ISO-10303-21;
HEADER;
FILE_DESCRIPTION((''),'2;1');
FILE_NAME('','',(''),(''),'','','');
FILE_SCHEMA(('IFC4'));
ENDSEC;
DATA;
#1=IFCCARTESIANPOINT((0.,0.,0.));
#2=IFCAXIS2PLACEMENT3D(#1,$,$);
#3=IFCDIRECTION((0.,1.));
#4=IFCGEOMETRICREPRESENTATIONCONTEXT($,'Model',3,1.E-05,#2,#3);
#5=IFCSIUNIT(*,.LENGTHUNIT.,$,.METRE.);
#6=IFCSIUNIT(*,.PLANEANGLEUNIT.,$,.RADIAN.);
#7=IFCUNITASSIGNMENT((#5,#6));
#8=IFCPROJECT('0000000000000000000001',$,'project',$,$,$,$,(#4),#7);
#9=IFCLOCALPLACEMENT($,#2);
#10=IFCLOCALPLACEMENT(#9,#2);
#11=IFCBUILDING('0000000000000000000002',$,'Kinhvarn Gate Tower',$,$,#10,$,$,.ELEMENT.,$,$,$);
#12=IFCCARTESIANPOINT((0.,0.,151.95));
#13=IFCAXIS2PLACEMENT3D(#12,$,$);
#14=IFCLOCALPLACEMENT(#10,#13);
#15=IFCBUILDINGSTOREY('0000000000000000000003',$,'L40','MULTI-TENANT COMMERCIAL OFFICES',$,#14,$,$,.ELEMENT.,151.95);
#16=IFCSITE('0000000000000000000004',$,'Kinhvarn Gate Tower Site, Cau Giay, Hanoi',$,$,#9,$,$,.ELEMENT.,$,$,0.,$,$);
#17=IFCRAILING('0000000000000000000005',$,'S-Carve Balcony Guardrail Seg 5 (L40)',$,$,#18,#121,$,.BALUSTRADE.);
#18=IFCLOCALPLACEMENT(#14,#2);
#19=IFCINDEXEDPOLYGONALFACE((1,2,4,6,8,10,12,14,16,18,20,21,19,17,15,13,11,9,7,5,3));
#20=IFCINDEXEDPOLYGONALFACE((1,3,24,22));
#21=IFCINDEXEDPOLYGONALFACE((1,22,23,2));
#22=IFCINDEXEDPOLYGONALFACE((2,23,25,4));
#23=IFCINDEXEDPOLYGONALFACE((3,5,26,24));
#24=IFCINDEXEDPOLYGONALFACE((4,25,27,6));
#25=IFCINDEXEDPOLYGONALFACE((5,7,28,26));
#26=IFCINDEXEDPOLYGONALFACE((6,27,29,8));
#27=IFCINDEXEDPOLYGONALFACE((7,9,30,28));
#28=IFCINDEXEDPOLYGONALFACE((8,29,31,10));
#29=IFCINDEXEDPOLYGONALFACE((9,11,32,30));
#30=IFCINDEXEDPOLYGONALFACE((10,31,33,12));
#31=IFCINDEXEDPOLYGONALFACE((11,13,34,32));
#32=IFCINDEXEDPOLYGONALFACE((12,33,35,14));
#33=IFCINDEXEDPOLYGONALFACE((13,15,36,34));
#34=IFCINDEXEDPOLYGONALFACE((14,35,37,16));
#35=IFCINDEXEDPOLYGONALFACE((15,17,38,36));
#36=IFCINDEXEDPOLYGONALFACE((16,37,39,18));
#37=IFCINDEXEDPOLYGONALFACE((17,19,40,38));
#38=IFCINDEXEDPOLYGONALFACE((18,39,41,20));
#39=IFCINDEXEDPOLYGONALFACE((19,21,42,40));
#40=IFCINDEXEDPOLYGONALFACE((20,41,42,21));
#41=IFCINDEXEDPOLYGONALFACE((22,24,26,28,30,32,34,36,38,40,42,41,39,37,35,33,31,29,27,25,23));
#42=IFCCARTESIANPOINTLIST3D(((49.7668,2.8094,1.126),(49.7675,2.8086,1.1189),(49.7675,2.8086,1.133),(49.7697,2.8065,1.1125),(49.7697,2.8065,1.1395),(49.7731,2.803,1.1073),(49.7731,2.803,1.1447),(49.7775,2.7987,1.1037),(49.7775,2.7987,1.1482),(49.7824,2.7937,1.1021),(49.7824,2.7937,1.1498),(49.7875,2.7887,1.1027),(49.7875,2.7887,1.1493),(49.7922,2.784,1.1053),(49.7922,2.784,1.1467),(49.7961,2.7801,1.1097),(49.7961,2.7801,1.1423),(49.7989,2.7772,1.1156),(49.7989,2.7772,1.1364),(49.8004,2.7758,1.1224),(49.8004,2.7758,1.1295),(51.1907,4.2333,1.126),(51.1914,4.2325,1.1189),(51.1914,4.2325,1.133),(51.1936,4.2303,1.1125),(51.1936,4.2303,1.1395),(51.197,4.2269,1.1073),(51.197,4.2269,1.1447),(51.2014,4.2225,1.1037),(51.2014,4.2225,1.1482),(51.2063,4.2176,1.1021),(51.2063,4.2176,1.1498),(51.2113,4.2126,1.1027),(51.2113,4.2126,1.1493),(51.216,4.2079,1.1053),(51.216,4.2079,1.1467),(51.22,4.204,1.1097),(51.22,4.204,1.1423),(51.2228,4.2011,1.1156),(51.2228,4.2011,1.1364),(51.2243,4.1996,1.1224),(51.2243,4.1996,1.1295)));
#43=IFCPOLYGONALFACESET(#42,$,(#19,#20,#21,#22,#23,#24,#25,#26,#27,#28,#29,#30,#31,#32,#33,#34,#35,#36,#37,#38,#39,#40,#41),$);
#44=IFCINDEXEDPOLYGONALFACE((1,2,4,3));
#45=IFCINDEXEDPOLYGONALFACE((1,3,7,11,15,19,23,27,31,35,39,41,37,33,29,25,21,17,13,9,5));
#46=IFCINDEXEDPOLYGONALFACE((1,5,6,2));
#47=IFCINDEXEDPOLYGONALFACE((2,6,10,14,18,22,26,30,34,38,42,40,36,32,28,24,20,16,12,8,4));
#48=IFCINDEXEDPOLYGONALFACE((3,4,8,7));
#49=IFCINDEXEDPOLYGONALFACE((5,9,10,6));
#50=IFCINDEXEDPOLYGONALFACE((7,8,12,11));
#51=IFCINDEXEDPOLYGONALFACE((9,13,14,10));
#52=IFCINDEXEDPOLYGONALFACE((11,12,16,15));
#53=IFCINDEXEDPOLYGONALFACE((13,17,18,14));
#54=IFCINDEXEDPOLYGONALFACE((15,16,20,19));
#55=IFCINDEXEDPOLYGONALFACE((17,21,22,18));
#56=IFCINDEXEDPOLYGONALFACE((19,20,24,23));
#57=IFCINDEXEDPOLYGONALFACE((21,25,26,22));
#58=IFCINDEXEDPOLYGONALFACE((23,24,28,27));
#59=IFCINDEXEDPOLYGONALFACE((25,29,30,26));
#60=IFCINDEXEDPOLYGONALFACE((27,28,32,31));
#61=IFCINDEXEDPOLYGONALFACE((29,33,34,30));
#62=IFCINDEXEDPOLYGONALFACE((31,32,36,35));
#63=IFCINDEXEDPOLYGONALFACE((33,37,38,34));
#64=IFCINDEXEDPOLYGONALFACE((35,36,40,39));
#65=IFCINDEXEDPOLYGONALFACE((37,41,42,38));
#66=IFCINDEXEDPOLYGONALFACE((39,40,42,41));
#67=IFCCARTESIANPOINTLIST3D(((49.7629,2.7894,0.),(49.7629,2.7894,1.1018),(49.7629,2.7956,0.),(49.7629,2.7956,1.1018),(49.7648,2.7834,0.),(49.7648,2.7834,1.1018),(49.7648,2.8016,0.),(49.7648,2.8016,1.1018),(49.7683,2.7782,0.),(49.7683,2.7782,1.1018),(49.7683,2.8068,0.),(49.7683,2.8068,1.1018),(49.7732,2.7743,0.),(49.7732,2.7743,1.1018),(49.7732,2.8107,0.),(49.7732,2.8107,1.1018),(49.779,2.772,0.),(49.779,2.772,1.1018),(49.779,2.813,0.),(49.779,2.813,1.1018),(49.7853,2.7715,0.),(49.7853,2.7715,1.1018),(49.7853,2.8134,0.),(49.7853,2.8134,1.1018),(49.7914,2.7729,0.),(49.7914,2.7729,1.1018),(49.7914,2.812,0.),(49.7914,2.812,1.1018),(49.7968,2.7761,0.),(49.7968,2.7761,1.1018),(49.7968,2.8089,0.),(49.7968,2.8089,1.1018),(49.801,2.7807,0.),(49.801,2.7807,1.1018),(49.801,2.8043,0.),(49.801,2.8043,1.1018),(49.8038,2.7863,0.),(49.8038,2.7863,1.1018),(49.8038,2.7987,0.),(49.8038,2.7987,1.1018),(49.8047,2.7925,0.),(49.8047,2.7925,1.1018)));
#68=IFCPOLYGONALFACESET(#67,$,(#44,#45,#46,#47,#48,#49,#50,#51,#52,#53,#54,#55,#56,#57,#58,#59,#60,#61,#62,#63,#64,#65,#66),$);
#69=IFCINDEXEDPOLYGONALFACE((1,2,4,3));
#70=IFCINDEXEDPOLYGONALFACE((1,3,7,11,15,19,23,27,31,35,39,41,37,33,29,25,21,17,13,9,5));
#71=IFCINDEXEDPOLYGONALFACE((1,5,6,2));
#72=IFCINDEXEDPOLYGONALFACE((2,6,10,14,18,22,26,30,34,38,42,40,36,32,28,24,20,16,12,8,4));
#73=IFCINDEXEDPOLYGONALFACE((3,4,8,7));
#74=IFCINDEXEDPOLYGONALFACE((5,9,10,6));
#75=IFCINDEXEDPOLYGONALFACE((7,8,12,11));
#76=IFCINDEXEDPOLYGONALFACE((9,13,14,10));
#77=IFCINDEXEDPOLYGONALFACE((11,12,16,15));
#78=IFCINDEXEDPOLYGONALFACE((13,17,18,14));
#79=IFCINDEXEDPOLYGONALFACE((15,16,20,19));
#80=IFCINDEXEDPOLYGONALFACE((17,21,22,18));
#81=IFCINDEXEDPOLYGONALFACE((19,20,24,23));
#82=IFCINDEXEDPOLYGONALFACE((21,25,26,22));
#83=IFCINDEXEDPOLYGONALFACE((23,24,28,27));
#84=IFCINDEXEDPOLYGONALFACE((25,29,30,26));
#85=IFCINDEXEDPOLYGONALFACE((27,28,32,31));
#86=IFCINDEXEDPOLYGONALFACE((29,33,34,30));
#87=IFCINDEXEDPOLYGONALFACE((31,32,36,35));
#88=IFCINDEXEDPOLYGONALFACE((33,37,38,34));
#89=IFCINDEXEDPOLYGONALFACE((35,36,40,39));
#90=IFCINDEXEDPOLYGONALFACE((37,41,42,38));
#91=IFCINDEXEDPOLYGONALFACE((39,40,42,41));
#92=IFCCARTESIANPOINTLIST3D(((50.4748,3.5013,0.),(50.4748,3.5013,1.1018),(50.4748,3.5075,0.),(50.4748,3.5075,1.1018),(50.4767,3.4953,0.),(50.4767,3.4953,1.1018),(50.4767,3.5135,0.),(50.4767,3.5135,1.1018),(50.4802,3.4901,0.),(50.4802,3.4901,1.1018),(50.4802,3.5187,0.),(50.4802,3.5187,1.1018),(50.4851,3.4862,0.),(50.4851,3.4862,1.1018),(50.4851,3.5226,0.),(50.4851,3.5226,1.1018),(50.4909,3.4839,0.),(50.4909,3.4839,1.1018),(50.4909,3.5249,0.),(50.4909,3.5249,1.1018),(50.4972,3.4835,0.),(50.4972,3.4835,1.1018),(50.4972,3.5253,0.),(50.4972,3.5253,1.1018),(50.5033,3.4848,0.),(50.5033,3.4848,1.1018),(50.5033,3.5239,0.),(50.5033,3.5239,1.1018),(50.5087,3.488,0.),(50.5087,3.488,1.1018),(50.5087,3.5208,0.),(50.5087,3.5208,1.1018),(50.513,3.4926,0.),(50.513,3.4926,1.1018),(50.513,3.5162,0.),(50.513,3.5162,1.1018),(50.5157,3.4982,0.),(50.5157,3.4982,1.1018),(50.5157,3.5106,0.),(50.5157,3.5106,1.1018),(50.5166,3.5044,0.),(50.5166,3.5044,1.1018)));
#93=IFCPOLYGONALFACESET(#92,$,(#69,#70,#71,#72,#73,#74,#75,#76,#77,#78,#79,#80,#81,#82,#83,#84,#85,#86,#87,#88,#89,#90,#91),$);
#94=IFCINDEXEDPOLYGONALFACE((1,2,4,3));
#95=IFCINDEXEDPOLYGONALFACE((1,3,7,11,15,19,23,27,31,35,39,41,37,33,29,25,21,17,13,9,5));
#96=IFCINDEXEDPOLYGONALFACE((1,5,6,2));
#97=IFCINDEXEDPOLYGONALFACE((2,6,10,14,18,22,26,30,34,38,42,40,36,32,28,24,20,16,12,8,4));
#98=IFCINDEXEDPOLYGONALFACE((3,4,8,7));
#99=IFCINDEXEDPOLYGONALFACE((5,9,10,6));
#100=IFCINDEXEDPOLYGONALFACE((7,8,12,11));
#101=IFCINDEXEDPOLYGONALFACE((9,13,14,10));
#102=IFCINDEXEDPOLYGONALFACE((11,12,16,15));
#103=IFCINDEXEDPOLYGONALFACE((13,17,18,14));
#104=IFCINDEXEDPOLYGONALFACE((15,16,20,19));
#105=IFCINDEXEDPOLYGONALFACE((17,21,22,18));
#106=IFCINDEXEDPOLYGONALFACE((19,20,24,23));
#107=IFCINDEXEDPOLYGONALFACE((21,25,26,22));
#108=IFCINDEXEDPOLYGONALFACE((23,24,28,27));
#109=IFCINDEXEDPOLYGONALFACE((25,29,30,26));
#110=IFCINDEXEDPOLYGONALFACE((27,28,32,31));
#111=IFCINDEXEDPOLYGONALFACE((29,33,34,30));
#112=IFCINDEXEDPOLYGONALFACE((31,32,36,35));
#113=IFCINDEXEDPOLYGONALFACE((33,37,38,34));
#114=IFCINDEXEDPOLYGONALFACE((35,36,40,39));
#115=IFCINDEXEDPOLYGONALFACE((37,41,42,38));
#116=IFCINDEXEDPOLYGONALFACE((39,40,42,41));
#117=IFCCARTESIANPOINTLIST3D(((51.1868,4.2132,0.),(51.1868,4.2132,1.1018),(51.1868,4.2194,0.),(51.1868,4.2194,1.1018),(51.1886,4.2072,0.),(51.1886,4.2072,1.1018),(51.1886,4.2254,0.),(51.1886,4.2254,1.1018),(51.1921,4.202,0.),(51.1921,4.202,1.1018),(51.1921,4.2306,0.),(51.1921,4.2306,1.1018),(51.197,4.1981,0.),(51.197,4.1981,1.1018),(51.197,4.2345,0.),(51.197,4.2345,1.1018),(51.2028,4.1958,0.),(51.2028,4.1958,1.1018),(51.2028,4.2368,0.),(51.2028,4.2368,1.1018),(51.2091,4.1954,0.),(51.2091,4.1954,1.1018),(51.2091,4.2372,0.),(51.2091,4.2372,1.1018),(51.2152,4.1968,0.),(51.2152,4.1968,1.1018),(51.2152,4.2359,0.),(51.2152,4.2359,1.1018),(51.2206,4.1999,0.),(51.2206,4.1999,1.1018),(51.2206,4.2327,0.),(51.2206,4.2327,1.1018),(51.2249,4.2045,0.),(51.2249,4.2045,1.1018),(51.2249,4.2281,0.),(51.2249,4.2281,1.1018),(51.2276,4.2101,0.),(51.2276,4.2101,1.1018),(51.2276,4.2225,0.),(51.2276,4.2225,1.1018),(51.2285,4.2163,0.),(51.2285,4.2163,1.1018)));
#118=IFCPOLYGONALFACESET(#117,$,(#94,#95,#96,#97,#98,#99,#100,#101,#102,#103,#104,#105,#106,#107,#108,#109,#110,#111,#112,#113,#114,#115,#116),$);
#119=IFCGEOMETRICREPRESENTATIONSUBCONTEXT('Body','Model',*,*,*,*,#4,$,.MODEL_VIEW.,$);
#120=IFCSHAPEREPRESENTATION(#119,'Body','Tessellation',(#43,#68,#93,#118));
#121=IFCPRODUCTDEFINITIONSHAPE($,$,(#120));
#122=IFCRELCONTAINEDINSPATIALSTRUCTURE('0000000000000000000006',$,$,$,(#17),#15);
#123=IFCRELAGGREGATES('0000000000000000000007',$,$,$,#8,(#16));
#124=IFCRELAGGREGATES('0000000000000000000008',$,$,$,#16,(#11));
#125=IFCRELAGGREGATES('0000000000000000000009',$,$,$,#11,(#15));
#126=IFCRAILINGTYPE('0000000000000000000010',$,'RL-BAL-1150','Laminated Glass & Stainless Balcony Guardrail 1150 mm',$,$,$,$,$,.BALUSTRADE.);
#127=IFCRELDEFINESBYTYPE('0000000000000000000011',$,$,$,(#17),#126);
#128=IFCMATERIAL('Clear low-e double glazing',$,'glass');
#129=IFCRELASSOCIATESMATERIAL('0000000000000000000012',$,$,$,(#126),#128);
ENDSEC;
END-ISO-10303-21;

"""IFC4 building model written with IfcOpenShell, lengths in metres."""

from ifc_helpers import new_model, si_unit, direction, frame, origin, origin_2d, place, context, subcontext, project, spatial, circle, extrude, material, type_object, element, save


model = new_model("IFC4")

# Units and contexts
model_context = context("Model", 3, precision=1e-05, world=origin(), true_north=direction((0.0, 1.0)))
body_context = subcontext(model_context, "Body", "Model", "MODEL_VIEW")
ifc_project = project(units=[si_unit("LENGTHUNIT", "METRE"), si_unit("PLANEANGLEUNIT", "RADIAN")], contexts=[model_context])

# Site, building, storey
site_placement = place(None, origin())
site = spatial("IfcSite", under=ifc_project, at=site_placement, Name="Kinhvarn Gate Tower Site, Cau Giay, Hanoi", CompositionType="ELEMENT", RefElevation=0.0)
building_placement = place(site_placement, origin())
building = spatial("IfcBuilding", under=site, at=building_placement, Name="Kinhvarn Gate Tower", CompositionType="ELEMENT")
storey_placement = place(building_placement, frame((0.0, 0.0, 151.95)))
storey = spatial("IfcBuildingStorey", under=building, at=storey_placement, Name="L40", Description="MULTI-TENANT COMMERCIAL OFFICES", CompositionType="ELEMENT", Elevation=151.95)

# Shared definitions
ifc_material_1 = material(Name="Clear low-e double glazing", Category="glass")

# Railing
railing_type = type_object("IfcRailingType", Name="RL-BAL-1150", Description="Laminated Glass & Stainless Balcony Guardrail 1150 mm", PredefinedType="BALUSTRADE", material=ifc_material_1)
railing_1_placement = place(storey_placement, frame((49.7837, 2.7925, 0.0)))
element("IfcRailing", 1, at=railing_1_placement, inside=storey, type_object=railing_type, Name="S-Carve Balcony Guardrail Seg 5 (L40)", PredefinedType="BALUSTRADE", context=body_context, shape_type="SweptSolid", body=[
    extrude(circle(Radius=0.0239, at=origin_2d()), frame((0.0, 0.0, 1.126), z_axis=(0.707107, 0.707107, 0.0), x_axis=(-0.707107, 0.707107, 0.0)), (0.0, 0.0, 1.0), 2.0137),
    extrude(circle(Radius=0.021, at=origin_2d()), origin(), (0.0, 0.0, 1.0), 1.1018),
    extrude(circle(Radius=0.021, at=origin_2d()), frame((0.7119, 0.7119, 0.0)), (0.0, 0.0, 1.0), 1.1018),
    extrude(circle(Radius=0.021, at=origin_2d()), frame((1.4238, 1.4238, 0.0)), (0.0, 0.0, 1.0), 1.1018),
])

save(model, "model.ifc")
